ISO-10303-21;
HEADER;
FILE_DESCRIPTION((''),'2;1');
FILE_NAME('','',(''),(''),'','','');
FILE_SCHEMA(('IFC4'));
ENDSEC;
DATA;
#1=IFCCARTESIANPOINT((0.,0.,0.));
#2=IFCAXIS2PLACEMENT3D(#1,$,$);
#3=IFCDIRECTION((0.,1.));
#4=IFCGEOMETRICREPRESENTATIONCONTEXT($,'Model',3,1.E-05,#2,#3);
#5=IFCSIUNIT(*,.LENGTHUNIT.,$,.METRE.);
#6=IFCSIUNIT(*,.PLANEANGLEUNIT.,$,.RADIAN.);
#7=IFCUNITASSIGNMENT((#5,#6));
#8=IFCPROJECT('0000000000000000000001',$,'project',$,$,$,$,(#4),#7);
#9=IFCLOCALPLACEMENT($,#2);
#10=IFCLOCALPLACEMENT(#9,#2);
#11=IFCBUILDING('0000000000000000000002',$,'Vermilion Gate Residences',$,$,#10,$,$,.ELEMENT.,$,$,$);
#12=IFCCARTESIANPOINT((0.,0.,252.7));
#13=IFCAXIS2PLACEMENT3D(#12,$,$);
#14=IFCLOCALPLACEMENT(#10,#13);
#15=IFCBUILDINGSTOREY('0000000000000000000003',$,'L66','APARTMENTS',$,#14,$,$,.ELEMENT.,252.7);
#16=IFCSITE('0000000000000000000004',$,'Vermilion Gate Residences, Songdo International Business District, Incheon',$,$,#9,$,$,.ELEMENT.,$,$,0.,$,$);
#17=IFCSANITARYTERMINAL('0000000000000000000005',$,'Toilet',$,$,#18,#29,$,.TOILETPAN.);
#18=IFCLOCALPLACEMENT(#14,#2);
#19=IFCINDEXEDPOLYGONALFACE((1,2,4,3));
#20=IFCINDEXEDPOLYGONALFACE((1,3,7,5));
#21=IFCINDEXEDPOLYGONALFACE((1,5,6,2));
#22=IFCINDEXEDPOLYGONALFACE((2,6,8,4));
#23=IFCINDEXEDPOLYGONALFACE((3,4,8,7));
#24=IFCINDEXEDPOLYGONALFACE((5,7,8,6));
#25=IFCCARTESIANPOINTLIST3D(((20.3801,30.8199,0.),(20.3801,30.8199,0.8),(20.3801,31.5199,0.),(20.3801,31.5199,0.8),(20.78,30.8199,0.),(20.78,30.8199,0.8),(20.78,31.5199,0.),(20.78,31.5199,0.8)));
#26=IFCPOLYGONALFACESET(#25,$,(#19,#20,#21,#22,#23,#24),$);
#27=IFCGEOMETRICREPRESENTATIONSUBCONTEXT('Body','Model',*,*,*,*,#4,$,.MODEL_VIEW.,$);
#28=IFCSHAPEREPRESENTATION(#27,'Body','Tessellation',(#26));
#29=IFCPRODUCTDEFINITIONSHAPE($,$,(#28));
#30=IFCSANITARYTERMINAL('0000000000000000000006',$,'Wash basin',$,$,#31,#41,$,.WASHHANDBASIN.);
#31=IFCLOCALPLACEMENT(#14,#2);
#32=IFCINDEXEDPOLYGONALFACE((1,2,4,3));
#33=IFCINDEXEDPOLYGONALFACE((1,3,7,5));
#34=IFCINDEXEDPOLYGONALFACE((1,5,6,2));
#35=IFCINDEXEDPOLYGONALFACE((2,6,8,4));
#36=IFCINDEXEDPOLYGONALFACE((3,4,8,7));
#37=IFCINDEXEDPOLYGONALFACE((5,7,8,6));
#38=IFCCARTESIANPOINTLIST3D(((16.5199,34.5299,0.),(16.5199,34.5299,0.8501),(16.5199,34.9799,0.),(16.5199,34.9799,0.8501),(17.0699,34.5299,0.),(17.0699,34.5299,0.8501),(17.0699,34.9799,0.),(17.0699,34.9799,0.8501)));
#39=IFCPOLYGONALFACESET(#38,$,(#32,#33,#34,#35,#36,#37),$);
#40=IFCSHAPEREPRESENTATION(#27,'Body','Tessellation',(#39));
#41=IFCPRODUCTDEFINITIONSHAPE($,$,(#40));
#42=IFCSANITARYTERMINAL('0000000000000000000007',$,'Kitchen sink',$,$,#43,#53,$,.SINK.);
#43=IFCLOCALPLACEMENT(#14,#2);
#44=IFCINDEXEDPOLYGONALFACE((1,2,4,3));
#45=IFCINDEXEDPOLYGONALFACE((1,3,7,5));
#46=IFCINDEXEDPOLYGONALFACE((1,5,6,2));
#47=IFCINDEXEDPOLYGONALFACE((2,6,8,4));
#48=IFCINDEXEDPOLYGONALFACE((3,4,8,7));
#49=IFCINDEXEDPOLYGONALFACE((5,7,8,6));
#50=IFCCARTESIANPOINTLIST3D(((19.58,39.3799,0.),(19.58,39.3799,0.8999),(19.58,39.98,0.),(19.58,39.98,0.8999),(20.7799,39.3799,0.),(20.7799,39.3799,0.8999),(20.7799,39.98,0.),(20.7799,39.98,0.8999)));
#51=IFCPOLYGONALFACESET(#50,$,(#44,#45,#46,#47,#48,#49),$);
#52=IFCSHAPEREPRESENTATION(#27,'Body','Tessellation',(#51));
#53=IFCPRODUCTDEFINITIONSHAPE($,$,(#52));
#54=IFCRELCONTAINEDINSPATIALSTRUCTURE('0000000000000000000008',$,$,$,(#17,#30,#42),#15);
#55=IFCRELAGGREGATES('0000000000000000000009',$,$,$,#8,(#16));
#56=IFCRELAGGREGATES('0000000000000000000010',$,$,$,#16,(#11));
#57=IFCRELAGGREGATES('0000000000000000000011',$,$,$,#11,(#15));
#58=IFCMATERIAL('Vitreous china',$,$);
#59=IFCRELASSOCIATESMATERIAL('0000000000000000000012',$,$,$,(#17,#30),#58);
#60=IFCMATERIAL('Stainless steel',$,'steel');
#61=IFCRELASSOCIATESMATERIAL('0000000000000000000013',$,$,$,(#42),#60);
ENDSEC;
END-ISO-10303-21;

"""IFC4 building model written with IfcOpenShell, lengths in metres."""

from ifc_helpers import new_model, si_unit, direction, frame, origin, origin_2d, place, context, subcontext, project, spatial, rectangle, extrude, material, element, save


model = new_model("IFC4")

# Units and contexts
model_context = context("Model", 3, precision=1e-05, world=origin(), true_north=direction((0.0, 1.0)))
body_context = subcontext(model_context, "Body", "Model", "MODEL_VIEW")
ifc_project = project(units=[si_unit("LENGTHUNIT", "METRE"), si_unit("PLANEANGLEUNIT", "RADIAN")], contexts=[model_context])

# Site, building, storey
site_placement = place(None, origin())
site = spatial("IfcSite", under=ifc_project, at=site_placement, Name="Vermilion Gate Residences, Songdo International Business District, Incheon", CompositionType="ELEMENT", RefElevation=0.0)
building_placement = place(site_placement, origin())
building = spatial("IfcBuilding", under=site, at=building_placement, Name="Vermilion Gate Residences", CompositionType="ELEMENT")
storey_placement = place(building_placement, frame((0.0, 0.0, 252.7)))
storey = spatial("IfcBuildingStorey", under=building, at=storey_placement, Name="L66", Description="APARTMENTS", CompositionType="ELEMENT", Elevation=252.7)

# Sanitary terminals
ifc_material_1 = material(Name="Vitreous china")
sanitary_terminal_1_placement = place(storey_placement, frame((20.5801, 31.1699, 0.0), z_axis=(0.0, 0.0, 1.0), x_axis=(1.0, 0.0, 0.0)))
element("IfcSanitaryTerminal", 1, at=sanitary_terminal_1_placement, inside=storey, material=ifc_material_1, Name="Toilet", PredefinedType="TOILETPAN", context=body_context, shape_type="SweptSolid", body=[
    extrude(rectangle(XDim=0.3999, YDim=0.7, at=origin_2d()), origin(), (0.0, 0.0, 1.0), 0.8),
])
sanitary_terminal_2_placement = place(storey_placement, frame((16.7949, 34.7549, 0.0), z_axis=(0.0, 0.0, 1.0), x_axis=(1.0, 0.0, 0.0)))
element("IfcSanitaryTerminal", 2, at=sanitary_terminal_2_placement, inside=storey, material=ifc_material_1, Name="Wash basin", PredefinedType="WASHHANDBASIN", context=body_context, shape_type="SweptSolid", body=[
    extrude(rectangle(XDim=0.55, YDim=0.45, at=origin_2d()), origin(), (0.0, 0.0, 1.0), 0.8501),
])
ifc_material_2 = material(Name="Stainless steel", Category="steel")
sanitary_terminal_3_placement = place(storey_placement, frame((20.1799, 39.6799, 0.0), z_axis=(0.0, 0.0, 1.0), x_axis=(1.0, 0.0, 0.0)))
element("IfcSanitaryTerminal", 3, at=sanitary_terminal_3_placement, inside=storey, material=ifc_material_2, Name="Kitchen sink", PredefinedType="SINK", context=body_context, shape_type="SweptSolid", body=[
    extrude(rectangle(XDim=1.2, YDim=0.6001, at=origin_2d()), origin(), (0.0, 0.0, 1.0), 0.8999),
])

save(model, "model.ifc")
